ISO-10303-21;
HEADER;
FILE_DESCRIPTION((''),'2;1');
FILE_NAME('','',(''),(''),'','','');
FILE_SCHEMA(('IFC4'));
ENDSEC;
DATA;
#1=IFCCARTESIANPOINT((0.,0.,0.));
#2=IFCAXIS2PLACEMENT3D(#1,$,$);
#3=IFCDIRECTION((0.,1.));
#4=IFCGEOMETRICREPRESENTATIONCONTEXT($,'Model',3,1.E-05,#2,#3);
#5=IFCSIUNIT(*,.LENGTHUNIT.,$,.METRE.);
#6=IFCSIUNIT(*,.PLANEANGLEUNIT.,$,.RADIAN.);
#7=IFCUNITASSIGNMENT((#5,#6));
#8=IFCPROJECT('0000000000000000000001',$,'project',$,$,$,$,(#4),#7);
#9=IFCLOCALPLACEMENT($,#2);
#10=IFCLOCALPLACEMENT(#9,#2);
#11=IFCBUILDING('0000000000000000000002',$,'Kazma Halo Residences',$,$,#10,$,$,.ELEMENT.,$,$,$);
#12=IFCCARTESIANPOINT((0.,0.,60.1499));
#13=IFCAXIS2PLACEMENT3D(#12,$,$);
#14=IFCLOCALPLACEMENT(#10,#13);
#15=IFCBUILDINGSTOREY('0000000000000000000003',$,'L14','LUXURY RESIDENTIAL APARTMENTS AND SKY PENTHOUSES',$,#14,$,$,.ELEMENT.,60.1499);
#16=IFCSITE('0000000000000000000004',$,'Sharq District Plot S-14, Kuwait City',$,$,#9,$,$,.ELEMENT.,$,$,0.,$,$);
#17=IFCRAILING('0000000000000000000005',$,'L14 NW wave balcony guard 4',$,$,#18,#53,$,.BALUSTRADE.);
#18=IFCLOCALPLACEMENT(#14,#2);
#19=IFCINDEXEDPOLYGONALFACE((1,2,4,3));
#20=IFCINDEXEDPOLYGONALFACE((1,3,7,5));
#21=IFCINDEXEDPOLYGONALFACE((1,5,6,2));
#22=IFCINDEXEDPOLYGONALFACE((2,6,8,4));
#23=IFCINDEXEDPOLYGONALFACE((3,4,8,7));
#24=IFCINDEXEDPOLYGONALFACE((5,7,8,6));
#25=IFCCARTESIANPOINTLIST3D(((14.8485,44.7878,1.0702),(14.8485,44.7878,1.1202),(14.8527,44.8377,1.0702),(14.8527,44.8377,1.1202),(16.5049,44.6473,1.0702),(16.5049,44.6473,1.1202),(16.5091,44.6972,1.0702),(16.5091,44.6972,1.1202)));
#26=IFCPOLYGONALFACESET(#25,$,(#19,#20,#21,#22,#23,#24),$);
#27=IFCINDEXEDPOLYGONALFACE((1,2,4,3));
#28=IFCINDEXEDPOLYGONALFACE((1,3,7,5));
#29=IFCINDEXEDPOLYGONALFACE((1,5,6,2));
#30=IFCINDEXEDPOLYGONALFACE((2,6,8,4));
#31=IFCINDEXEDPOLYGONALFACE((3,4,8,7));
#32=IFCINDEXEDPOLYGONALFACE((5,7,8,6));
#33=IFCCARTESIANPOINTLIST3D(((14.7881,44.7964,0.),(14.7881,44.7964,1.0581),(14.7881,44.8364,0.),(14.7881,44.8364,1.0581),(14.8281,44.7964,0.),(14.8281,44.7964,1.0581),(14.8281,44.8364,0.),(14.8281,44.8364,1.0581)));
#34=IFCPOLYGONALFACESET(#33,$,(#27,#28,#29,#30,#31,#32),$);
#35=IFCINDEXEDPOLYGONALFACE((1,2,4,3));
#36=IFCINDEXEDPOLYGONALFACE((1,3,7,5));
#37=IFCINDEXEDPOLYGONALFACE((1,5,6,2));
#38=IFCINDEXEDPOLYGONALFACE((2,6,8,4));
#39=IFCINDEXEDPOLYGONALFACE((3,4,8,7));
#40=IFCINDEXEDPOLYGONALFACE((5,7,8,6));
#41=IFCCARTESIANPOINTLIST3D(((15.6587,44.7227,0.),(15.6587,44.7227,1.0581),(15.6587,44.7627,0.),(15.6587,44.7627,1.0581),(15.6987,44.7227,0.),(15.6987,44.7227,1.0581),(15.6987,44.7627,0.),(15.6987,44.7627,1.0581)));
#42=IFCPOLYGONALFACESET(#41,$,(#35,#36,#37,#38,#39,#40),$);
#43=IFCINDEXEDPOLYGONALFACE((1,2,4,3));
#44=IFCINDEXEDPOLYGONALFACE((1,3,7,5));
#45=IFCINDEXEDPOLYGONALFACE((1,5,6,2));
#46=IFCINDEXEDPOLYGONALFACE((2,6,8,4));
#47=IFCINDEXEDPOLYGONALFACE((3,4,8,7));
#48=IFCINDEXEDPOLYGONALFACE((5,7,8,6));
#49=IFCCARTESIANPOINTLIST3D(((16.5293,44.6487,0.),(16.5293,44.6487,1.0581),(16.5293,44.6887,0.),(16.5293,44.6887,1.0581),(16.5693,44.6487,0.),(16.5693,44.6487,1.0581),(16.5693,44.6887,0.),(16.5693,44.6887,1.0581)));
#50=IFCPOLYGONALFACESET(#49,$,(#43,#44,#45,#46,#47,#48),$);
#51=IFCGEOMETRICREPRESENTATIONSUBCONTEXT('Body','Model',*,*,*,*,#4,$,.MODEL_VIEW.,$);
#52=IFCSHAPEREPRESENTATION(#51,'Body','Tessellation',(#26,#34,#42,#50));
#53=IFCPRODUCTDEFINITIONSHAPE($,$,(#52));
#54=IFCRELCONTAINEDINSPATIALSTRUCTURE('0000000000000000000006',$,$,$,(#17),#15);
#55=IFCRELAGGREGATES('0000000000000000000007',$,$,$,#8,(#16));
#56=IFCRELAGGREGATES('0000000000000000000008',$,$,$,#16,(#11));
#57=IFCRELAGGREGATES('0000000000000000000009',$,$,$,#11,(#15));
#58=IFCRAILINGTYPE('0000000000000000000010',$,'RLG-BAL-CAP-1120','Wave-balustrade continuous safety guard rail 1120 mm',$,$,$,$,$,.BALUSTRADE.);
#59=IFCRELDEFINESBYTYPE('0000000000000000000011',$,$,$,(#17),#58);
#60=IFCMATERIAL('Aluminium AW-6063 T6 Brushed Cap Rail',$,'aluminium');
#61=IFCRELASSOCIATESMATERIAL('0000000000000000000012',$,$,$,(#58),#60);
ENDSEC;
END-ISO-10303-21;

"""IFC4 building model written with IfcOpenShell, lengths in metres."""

from ifc_helpers import new_model, si_unit, direction, frame, origin, origin_2d, place, context, subcontext, project, spatial, rectangle, extrude, material, type_object, element, save


model = new_model("IFC4")

# Units and contexts
model_context = context("Model", 3, precision=1e-05, world=origin(), true_north=direction((0.0, 1.0)))
body_context = subcontext(model_context, "Body", "Model", "MODEL_VIEW")
ifc_project = project(units=[si_unit("LENGTHUNIT", "METRE"), si_unit("PLANEANGLEUNIT", "RADIAN")], contexts=[model_context])

# Site, building, storey
site_placement = place(None, origin())
site = spatial("IfcSite", under=ifc_project, at=site_placement, Name="Sharq District Plot S-14, Kuwait City", CompositionType="ELEMENT", RefElevation=0.0)
building_placement = place(site_placement, origin())
building = spatial("IfcBuilding", under=site, at=building_placement, Name="Kazma Halo Residences", CompositionType="ELEMENT")
storey_placement = place(building_placement, frame((0.0, 0.0, 60.1499)))
storey = spatial("IfcBuildingStorey", under=building, at=storey_placement, Name="L14", Description="LUXURY RESIDENTIAL APARTMENTS AND SKY PENTHOUSES", CompositionType="ELEMENT", Elevation=60.1499)

# Railing
ifc_material_1 = material(Name="Aluminium AW-6063 T6 Brushed Cap Rail", Category="aluminium")
railing_type = type_object("IfcRailingType", Name="RLG-BAL-CAP-1120", Description="Wave-balustrade continuous safety guard rail 1120 mm", PredefinedType="BALUSTRADE", material=ifc_material_1)
railing_placement = place(storey_placement, frame((14.8081, 44.8164, 0.0)))
element("IfcRailing", 1, at=railing_placement, inside=storey, type_object=railing_type, Name="L14 NW wave balcony guard 4", PredefinedType="BALUSTRADE", context=body_context, shape_type="SweptSolid", body=[
    extrude(rectangle(XDim=0.05, YDim=0.05, at=origin_2d()), frame((0.0425, -0.0037, 1.0952), z_axis=(0.996421, -0.084525, 0.0), x_axis=(0.084525, 0.996421, 0.0)), (0.0, 0.0, 1.0), 1.6624),
    extrude(rectangle(XDim=0.04, YDim=0.04, at=origin_2d()), origin(), (0.0, 0.0, 1.0), 1.0581),
    extrude(rectangle(XDim=0.04, YDim=0.04, at=origin_2d()), frame((0.8706, -0.0737, 0.0)), (0.0, 0.0, 1.0), 1.0581),
    extrude(rectangle(XDim=0.04, YDim=0.04, at=origin_2d()), frame((1.7412, -0.1477, 0.0)), (0.0, 0.0, 1.0), 1.0581),
])

save(model, "model.ifc")
